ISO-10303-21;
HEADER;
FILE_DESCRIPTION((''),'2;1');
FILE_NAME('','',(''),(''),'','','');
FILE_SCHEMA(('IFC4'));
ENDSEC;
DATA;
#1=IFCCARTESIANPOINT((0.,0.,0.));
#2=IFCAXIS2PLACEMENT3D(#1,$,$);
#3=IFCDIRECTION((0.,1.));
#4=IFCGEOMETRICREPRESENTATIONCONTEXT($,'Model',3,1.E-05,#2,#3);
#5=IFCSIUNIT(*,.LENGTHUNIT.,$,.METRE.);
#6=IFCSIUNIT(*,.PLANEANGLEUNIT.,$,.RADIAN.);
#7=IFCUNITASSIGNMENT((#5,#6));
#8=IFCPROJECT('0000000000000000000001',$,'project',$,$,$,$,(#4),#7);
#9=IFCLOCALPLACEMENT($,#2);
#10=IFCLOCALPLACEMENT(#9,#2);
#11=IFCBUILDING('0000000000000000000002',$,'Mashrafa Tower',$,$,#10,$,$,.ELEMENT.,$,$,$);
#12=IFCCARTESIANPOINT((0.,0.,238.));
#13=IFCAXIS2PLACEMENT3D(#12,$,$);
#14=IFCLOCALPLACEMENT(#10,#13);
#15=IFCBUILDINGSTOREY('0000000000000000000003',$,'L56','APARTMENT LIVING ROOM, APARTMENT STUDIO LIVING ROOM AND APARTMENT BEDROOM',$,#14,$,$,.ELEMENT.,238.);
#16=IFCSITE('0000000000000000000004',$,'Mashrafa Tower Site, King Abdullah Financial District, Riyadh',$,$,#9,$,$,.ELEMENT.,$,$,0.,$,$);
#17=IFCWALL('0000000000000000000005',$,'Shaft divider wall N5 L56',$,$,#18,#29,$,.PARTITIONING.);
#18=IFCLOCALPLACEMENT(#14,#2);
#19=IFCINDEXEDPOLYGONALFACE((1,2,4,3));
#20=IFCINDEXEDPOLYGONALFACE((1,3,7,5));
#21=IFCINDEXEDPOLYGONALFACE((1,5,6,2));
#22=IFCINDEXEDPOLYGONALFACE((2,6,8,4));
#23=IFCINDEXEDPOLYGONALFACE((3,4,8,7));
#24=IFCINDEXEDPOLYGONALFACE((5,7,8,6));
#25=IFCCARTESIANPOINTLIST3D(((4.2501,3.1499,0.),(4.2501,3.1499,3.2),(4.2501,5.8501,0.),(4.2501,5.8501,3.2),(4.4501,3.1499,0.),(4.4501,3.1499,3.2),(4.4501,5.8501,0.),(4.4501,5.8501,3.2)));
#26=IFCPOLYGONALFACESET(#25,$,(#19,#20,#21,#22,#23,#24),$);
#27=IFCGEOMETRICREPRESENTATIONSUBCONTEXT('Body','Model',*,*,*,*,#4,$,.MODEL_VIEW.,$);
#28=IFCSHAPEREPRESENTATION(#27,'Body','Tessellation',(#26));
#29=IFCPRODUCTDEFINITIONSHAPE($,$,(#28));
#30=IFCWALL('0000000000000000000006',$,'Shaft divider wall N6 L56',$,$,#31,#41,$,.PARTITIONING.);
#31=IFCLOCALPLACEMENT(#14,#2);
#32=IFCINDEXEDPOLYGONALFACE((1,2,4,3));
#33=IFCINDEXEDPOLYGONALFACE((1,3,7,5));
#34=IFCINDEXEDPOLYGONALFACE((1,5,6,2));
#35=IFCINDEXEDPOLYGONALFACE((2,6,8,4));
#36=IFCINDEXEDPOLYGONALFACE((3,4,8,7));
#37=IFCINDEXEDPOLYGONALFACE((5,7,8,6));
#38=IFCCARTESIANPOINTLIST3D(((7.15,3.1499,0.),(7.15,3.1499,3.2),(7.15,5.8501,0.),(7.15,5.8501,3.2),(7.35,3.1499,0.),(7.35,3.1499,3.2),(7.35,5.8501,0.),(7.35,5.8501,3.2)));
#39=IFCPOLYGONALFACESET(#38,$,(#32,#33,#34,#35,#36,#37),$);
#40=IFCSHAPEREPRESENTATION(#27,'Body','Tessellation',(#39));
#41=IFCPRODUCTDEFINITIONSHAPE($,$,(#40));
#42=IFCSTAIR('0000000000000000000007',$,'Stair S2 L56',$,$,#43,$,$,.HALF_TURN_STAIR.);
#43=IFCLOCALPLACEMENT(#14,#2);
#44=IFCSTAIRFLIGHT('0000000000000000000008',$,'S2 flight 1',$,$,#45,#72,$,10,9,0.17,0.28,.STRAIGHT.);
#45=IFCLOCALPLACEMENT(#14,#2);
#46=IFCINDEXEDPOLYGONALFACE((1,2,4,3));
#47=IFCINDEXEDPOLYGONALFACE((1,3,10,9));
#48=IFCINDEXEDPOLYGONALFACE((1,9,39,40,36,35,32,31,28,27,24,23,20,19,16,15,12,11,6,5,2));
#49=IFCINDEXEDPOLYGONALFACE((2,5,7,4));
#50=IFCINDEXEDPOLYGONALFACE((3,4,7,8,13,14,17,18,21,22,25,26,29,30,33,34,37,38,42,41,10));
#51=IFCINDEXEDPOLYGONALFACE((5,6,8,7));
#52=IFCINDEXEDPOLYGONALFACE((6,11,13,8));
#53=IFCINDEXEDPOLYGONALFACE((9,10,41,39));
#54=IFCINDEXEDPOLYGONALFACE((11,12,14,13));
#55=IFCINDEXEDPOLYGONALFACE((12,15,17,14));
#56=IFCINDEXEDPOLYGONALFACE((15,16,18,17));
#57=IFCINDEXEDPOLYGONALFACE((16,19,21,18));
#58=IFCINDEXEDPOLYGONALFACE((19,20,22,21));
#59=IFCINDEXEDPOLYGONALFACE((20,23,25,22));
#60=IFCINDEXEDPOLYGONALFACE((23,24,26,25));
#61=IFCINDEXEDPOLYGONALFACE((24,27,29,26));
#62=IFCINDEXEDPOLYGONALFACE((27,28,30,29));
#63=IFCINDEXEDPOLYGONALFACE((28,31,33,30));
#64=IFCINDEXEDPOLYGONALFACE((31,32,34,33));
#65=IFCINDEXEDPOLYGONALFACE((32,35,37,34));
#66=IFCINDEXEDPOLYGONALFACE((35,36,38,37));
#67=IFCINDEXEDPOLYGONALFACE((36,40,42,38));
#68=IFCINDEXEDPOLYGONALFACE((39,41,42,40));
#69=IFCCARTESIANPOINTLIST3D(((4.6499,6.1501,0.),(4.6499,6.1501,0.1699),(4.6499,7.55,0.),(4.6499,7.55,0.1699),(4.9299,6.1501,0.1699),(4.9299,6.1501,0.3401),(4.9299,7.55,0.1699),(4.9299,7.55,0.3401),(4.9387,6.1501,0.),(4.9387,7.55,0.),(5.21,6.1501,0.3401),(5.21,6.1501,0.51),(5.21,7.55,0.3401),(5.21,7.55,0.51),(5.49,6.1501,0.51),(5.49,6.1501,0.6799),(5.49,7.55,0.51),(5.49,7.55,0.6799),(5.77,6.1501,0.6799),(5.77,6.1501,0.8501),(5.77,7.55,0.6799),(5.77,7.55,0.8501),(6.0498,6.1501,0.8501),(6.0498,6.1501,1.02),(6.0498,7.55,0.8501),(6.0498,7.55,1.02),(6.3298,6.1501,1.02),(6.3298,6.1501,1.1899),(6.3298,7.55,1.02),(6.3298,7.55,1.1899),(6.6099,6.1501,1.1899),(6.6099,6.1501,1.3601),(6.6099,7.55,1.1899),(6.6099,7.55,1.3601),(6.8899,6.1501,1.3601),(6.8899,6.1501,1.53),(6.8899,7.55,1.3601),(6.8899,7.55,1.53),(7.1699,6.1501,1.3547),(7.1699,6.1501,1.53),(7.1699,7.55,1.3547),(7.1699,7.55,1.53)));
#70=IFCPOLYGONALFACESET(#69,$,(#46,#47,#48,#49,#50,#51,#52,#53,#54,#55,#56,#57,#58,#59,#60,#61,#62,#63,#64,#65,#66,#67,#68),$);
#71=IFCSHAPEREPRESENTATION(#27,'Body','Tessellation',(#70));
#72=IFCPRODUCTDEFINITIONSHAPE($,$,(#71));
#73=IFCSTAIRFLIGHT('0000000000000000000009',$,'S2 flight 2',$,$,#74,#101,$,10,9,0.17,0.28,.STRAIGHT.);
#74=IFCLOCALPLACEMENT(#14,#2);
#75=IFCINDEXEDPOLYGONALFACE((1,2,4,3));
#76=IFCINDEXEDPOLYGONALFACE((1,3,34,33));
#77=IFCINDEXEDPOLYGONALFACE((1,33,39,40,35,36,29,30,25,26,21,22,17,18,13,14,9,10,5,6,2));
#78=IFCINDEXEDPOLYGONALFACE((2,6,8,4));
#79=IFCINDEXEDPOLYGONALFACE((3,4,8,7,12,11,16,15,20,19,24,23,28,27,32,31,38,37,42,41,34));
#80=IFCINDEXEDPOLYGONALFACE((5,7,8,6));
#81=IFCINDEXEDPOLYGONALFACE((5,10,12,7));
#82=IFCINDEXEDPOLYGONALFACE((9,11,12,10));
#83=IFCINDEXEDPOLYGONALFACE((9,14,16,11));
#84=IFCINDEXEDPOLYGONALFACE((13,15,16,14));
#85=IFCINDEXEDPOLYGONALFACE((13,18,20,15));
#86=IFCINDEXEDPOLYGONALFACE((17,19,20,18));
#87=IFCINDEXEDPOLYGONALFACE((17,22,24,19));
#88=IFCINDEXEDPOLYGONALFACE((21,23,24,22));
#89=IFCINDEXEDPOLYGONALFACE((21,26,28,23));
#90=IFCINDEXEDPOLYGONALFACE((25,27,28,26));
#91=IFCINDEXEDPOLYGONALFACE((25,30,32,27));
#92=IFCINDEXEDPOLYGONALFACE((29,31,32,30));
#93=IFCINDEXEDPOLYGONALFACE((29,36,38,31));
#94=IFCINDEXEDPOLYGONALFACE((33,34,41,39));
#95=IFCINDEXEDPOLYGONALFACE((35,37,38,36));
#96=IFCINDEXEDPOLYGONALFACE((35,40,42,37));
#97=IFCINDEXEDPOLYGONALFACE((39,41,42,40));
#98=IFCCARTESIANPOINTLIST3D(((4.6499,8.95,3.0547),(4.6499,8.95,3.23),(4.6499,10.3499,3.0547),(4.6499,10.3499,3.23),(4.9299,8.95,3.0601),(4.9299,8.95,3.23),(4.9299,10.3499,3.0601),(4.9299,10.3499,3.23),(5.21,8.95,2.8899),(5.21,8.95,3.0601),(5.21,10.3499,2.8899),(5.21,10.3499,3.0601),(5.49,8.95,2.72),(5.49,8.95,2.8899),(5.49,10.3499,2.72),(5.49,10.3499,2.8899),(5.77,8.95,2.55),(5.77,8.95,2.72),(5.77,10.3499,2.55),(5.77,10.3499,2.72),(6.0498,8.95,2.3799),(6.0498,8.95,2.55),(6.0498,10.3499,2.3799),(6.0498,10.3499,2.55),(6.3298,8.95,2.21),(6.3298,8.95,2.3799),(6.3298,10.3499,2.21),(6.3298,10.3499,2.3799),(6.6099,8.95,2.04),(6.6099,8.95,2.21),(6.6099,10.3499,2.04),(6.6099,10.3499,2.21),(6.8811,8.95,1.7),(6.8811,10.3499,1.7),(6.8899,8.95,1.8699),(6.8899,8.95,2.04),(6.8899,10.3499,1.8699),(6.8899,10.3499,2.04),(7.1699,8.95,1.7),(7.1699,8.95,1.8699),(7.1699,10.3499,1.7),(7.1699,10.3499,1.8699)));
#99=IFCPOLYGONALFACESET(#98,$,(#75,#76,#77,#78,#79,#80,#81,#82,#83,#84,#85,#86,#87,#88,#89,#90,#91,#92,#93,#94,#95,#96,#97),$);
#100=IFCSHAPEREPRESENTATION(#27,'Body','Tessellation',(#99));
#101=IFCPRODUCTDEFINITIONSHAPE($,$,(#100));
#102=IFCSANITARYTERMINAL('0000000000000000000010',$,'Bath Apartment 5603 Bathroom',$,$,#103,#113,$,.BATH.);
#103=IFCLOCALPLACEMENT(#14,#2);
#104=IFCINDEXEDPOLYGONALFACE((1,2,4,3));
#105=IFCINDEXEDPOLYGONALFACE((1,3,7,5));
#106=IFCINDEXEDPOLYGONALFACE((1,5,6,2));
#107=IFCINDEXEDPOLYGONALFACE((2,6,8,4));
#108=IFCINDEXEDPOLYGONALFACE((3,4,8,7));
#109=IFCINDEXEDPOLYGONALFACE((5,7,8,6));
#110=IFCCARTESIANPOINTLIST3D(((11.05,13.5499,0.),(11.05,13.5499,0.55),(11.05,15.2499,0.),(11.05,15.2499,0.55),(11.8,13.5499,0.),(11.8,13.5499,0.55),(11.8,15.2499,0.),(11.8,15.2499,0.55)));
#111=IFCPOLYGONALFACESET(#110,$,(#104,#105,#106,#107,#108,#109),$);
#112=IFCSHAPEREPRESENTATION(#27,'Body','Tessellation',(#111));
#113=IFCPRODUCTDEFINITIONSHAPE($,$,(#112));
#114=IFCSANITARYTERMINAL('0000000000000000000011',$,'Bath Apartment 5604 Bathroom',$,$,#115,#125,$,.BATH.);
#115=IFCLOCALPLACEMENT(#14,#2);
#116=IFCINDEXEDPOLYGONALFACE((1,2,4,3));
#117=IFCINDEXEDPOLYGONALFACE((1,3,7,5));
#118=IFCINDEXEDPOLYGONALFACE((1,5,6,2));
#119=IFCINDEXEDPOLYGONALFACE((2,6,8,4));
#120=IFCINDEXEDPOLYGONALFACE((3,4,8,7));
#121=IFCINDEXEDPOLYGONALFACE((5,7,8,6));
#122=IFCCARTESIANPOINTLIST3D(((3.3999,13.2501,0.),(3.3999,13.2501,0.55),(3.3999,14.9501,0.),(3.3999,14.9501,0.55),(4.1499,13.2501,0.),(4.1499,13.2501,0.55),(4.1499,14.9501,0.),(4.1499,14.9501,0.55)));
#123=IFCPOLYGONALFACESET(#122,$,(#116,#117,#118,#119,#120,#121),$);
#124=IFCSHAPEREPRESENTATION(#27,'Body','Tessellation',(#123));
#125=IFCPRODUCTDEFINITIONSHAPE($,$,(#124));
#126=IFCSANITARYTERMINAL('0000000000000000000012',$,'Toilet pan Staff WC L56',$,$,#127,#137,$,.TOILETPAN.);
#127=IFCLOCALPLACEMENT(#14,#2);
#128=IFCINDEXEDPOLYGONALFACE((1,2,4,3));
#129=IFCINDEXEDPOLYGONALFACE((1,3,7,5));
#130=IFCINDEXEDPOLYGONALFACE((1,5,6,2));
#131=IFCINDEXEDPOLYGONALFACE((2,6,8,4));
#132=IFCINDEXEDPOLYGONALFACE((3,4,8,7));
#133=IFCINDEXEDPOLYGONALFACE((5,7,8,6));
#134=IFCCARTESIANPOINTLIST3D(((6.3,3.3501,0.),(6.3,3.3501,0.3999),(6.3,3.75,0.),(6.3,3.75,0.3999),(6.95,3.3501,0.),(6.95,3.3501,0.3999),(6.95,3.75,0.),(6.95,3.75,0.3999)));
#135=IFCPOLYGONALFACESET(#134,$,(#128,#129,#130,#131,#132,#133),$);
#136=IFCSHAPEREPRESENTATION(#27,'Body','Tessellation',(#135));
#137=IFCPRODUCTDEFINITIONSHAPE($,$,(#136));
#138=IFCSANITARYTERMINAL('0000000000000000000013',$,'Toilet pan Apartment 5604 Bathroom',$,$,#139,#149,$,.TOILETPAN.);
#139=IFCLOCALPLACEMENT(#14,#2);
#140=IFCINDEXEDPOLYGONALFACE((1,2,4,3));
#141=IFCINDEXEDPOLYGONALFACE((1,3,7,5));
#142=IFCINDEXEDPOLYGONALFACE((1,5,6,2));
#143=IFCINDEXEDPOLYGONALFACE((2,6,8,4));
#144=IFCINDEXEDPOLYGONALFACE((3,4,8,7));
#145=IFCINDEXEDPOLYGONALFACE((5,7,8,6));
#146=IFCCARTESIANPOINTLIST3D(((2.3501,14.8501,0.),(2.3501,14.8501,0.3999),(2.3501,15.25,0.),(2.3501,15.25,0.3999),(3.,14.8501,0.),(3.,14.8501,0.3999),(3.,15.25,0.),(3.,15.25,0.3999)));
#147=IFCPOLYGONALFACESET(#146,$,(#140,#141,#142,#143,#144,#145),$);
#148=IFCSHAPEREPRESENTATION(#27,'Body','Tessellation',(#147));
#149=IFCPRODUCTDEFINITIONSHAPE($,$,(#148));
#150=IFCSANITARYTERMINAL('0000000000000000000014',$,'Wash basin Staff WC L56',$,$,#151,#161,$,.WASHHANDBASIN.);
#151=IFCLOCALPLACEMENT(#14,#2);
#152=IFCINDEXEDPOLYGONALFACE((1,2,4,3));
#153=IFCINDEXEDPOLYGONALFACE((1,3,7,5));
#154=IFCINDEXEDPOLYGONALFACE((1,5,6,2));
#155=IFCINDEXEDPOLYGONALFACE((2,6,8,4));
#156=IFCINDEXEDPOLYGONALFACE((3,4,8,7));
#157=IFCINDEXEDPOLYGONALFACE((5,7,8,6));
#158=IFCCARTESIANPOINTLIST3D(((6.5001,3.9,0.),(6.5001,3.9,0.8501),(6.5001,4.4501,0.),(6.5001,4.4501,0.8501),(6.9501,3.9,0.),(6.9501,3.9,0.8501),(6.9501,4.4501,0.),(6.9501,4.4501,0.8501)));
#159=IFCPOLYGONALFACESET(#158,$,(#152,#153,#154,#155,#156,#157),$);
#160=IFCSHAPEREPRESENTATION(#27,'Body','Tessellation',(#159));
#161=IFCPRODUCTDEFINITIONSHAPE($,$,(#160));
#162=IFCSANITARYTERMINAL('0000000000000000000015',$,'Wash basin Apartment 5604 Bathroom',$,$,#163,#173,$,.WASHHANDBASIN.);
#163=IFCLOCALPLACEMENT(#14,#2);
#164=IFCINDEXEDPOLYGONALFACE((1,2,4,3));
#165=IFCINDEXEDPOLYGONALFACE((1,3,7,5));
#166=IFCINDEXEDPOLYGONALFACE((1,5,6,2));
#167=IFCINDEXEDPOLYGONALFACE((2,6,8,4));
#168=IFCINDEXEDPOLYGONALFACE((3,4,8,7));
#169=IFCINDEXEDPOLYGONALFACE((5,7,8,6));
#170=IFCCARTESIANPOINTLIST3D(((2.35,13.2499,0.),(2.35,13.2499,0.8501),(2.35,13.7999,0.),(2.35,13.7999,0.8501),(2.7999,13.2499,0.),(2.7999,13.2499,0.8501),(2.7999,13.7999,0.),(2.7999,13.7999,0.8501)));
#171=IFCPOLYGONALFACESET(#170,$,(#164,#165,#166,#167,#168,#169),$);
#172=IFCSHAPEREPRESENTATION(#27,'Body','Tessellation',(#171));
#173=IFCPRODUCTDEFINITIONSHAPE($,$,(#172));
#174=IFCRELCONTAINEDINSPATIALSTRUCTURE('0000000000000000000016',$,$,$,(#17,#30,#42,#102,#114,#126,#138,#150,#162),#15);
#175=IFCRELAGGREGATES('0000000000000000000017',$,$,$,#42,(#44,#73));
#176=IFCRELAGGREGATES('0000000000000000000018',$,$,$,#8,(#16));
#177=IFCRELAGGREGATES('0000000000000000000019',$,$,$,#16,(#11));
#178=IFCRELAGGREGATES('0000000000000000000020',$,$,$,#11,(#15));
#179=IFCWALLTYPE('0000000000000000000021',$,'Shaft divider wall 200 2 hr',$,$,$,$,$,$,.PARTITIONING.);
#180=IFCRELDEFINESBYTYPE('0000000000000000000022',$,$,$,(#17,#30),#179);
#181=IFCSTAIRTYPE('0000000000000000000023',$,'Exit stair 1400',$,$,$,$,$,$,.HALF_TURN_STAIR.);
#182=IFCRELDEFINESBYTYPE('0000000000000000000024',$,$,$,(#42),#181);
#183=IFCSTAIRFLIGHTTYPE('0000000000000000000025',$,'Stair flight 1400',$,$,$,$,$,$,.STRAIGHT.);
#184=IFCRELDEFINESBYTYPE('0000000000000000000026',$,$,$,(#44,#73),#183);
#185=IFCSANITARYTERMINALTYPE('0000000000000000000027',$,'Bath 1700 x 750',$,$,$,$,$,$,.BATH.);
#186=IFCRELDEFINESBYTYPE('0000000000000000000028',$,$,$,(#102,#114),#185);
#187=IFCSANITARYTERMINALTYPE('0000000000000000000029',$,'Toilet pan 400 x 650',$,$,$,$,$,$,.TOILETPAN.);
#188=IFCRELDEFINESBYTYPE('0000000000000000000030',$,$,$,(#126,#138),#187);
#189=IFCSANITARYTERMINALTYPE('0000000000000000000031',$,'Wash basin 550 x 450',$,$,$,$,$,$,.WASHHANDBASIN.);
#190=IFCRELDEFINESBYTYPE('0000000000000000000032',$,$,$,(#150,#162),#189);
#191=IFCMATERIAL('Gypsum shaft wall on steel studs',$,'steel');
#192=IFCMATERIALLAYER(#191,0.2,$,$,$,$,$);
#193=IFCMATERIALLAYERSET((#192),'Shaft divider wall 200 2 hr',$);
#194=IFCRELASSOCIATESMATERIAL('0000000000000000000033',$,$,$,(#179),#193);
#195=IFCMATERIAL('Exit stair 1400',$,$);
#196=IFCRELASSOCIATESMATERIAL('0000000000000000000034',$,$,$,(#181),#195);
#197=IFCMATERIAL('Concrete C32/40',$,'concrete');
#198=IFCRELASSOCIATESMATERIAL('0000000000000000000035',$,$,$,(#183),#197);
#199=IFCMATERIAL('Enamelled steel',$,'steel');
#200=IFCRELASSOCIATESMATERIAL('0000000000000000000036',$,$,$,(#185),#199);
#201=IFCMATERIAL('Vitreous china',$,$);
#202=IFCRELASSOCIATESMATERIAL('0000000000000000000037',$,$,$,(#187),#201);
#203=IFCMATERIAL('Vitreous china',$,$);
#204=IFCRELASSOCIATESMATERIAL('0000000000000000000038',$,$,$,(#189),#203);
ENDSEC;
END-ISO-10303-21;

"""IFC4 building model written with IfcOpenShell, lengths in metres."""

from ifc_helpers import new_model, si_unit, direction, frame, frame_2d, origin, origin_2d, place, context, subcontext, project, spatial, polyline, rectangle, outline, extrude, material, layer, layer_set, type_object, element, aggregate, save


model = new_model("IFC4")

# Units and contexts
model_context = context("Model", 3, precision=1e-05, world=origin(), true_north=direction((0.0, 1.0)))
body_context = subcontext(model_context, "Body", "Model", "MODEL_VIEW")
ifc_project = project(units=[si_unit("LENGTHUNIT", "METRE"), si_unit("PLANEANGLEUNIT", "RADIAN")], contexts=[model_context])

# Site, building, storey
site_placement = place(None, origin())
site = spatial("IfcSite", under=ifc_project, at=site_placement, Name="Mashrafa Tower Site, King Abdullah Financial District, Riyadh", CompositionType="ELEMENT", RefElevation=0.0)
building_placement = place(site_placement, origin())
building = spatial("IfcBuilding", under=site, at=building_placement, Name="Mashrafa Tower", CompositionType="ELEMENT")
storey_placement = place(building_placement, frame((0.0, 0.0, 238.0)))
storey = spatial("IfcBuildingStorey", under=building, at=storey_placement, Name="L56", Description="APARTMENT LIVING ROOM, APARTMENT STUDIO LIVING ROOM AND APARTMENT BEDROOM", CompositionType="ELEMENT", Elevation=238.0)

# Walls
ifc_material_1 = material(Name="Gypsum shaft wall on steel studs", Category="steel")
ifc_layer_1 = layer(ifc_material_1, 0.2)
ifc_layer_set_1 = layer_set([ifc_layer_1], Name="Shaft divider wall 200 2 hr")
wall_type_1 = type_object("IfcWallType", Name="Shaft divider wall 200 2 hr", PredefinedType="PARTITIONING", material=ifc_layer_set_1)
for number, where, z_axis, x_axis, name in (
    (1, (4.3501, 3.1499, 0.0), (0.0, 0.0, 1.0), (0.0, 1.0, 0.0), "Shaft divider wall N5 L56"),
    (2, (7.25, 3.1499, 0.0), (0.0, 0.0, 1.0), (0.0, 1.0, 0.0), "Shaft divider wall N6 L56"),
):
    element("IfcWall", number, at=place(storey_placement, frame(where, z_axis=z_axis, x_axis=x_axis)), inside=storey, type_object=wall_type_1, Name=name, PredefinedType="PARTITIONING", context=body_context, shape_type="SweptSolid", body=[
        extrude(rectangle(XDim=2.7002, YDim=0.2, at=frame_2d((1.3501, 0.0))), origin(), (0.0, 0.0, 1.0), 3.2),
    ])

# Stair, stair flights
ifc_material_2 = material(Name="Exit stair 1400")
stair_type = type_object("IfcStairType", Name="Exit stair 1400", PredefinedType="HALF_TURN_STAIR", material=ifc_material_2)
stair_placement = place(storey_placement, origin())
stair = element("IfcStair", 3, at=stair_placement, inside=storey, type_object=stair_type, Name="Stair S2 L56", PredefinedType="HALF_TURN_STAIR")
ifc_material_3 = material(Name="Concrete C32/40", Category="concrete")
stair_flight_type = type_object("IfcStairFlightType", Name="Stair flight 1400", PredefinedType="STRAIGHT", material=ifc_material_3)
stair_flight_1_placement = place(storey_placement, frame((4.6499, 6.8501, 0.0), z_axis=(0.0, 0.0, 1.0), x_axis=(1.0, 0.0, 0.0)))
stair_flight_1 = element("IfcStairFlight", 4, at=stair_flight_1_placement, type_object=stair_flight_type, Name="S2 flight 1", NumberOfRisers=10, NumberOfTreads=9, PredefinedType="STRAIGHT", RiserHeight=0.17, TreadLength=0.28, context=body_context, shape_type="SweptSolid", body=[
    extrude(outline(polyline([(0.0, 0.0), (0.0, 0.1699), (0.28, 0.1699), (0.28, 0.3401), (0.5601, 0.3401), (0.5601, 0.51), (0.8401, 0.51), (0.8401, 0.6799), (1.1201, 0.6799), (1.1201, 0.8501), (1.3999, 0.8501), (1.3999, 1.02), (1.6799, 1.02), (1.6799, 1.1899), (1.96, 1.1899), (1.96, 1.3601), (2.24, 1.3601), (2.24, 1.53), (2.52, 1.53), (2.52, 1.7), (2.52, 1.3547), (0.2888, 0.0), (0.0, 0.0)])), frame((0.0, 0.7, 0.0), z_axis=(0.0, -1.0, 0.0), x_axis=(1.0, 0.0, 0.0)), (0.0, 0.0, 1.0), 1.3999),
])
stair_flight_2_placement = place(storey_placement, frame((7.1699, 9.6499, 1.7), z_axis=(0.0, 0.0, 1.0), x_axis=(-1.0, 0.0, 0.0)))
stair_flight_2 = element("IfcStairFlight", 5, at=stair_flight_2_placement, type_object=stair_flight_type, Name="S2 flight 2", NumberOfRisers=10, NumberOfTreads=9, PredefinedType="STRAIGHT", RiserHeight=0.17, TreadLength=0.28, context=body_context, shape_type="SweptSolid", body=[
    extrude(outline(polyline([(0.0, 0.0), (0.0, 0.1699), (0.28, 0.1699), (0.28, 0.3401), (0.5601, 0.3401), (0.5601, 0.51), (0.8401, 0.51), (0.8401, 0.6799), (1.1201, 0.6799), (1.1201, 0.8501), (1.3999, 0.8501), (1.3999, 1.02), (1.6799, 1.02), (1.6799, 1.1899), (1.96, 1.1899), (1.96, 1.3601), (2.24, 1.3601), (2.24, 1.53), (2.52, 1.53), (2.52, 1.7), (2.52, 1.3547), (0.2888, 0.0), (0.0, 0.0)])), frame((0.0, 0.7, 0.0), z_axis=(0.0, -1.0, 0.0), x_axis=(1.0, 0.0, 0.0)), (0.0, 0.0, 1.0), 1.3999),
])
aggregate(stair, [stair_flight_1, stair_flight_2])

# Sanitary terminals
ifc_material_4 = material(Name="Enamelled steel", Category="steel")
sanitary_terminal_type_1 = type_object("IfcSanitaryTerminalType", Name="Bath 1700 x 750", PredefinedType="BATH", material=ifc_material_4)
for number, where, z_axis, x_axis, name in (
    (6, (11.425, 14.3999, 0.0), (0.0, 0.0, 1.0), (0.0, -1.0, 0.0), "Bath Apartment 5603 Bathroom"),
    (7, (3.7749, 14.1001, 0.0), (0.0, 0.0, 1.0), (0.0, 1.0, 0.0), "Bath Apartment 5604 Bathroom"),
):
    element("IfcSanitaryTerminal", number, at=place(storey_placement, frame(where, z_axis=z_axis, x_axis=x_axis)), inside=storey, type_object=sanitary_terminal_type_1, Name=name, PredefinedType="BATH", context=body_context, shape_type="SweptSolid", body=[
        extrude(rectangle(XDim=1.7, YDim=0.75, at=origin_2d()), origin(), (0.0, 0.0, 1.0), 0.55),
    ])
ifc_material_5 = material(Name="Vitreous china")
sanitary_terminal_type_2 = type_object("IfcSanitaryTerminalType", Name="Toilet pan 400 x 650", PredefinedType="TOILETPAN", material=ifc_material_5)
for number, where, z_axis, x_axis, name in (
    (8, (6.625, 3.55, 0.0), (0.0, 0.0, 1.0), (0.0, 1.0, 0.0), "Toilet pan Staff WC L56"),
    (9, (2.675, 15.05, 0.0), (0.0, 0.0, 1.0), (0.0, -1.0, 0.0), "Toilet pan Apartment 5604 Bathroom"),
):
    element("IfcSanitaryTerminal", number, at=place(storey_placement, frame(where, z_axis=z_axis, x_axis=x_axis)), inside=storey, type_object=sanitary_terminal_type_2, Name=name, PredefinedType="TOILETPAN", context=body_context, shape_type="SweptSolid", body=[
        extrude(rectangle(XDim=0.3999, YDim=0.6499, at=origin_2d()), origin(), (0.0, 0.0, 1.0), 0.3999),
    ])
ifc_material_6 = material(Name="Vitreous china")
sanitary_terminal_type_3 = type_object("IfcSanitaryTerminalType", Name="Wash basin 550 x 450", PredefinedType="WASHHANDBASIN", material=ifc_material_6)
for number, where, z_axis, x_axis, name in (
    (10, (6.7251, 4.175, 0.0), (0.0, 0.0, 1.0), (0.0, 1.0, 0.0), "Wash basin Staff WC L56"),
    (11, (2.575, 13.5249, 0.0), (0.0, 0.0, 1.0), (0.0, -1.0, 0.0), "Wash basin Apartment 5604 Bathroom"),
):
    element("IfcSanitaryTerminal", number, at=place(storey_placement, frame(where, z_axis=z_axis, x_axis=x_axis)), inside=storey, type_object=sanitary_terminal_type_3, Name=name, PredefinedType="WASHHANDBASIN", context=body_context, shape_type="SweptSolid", body=[
        extrude(rectangle(XDim=0.55, YDim=0.45, at=origin_2d()), origin(), (0.0, 0.0, 1.0), 0.8501),
    ])

save(model, "model.ifc")
